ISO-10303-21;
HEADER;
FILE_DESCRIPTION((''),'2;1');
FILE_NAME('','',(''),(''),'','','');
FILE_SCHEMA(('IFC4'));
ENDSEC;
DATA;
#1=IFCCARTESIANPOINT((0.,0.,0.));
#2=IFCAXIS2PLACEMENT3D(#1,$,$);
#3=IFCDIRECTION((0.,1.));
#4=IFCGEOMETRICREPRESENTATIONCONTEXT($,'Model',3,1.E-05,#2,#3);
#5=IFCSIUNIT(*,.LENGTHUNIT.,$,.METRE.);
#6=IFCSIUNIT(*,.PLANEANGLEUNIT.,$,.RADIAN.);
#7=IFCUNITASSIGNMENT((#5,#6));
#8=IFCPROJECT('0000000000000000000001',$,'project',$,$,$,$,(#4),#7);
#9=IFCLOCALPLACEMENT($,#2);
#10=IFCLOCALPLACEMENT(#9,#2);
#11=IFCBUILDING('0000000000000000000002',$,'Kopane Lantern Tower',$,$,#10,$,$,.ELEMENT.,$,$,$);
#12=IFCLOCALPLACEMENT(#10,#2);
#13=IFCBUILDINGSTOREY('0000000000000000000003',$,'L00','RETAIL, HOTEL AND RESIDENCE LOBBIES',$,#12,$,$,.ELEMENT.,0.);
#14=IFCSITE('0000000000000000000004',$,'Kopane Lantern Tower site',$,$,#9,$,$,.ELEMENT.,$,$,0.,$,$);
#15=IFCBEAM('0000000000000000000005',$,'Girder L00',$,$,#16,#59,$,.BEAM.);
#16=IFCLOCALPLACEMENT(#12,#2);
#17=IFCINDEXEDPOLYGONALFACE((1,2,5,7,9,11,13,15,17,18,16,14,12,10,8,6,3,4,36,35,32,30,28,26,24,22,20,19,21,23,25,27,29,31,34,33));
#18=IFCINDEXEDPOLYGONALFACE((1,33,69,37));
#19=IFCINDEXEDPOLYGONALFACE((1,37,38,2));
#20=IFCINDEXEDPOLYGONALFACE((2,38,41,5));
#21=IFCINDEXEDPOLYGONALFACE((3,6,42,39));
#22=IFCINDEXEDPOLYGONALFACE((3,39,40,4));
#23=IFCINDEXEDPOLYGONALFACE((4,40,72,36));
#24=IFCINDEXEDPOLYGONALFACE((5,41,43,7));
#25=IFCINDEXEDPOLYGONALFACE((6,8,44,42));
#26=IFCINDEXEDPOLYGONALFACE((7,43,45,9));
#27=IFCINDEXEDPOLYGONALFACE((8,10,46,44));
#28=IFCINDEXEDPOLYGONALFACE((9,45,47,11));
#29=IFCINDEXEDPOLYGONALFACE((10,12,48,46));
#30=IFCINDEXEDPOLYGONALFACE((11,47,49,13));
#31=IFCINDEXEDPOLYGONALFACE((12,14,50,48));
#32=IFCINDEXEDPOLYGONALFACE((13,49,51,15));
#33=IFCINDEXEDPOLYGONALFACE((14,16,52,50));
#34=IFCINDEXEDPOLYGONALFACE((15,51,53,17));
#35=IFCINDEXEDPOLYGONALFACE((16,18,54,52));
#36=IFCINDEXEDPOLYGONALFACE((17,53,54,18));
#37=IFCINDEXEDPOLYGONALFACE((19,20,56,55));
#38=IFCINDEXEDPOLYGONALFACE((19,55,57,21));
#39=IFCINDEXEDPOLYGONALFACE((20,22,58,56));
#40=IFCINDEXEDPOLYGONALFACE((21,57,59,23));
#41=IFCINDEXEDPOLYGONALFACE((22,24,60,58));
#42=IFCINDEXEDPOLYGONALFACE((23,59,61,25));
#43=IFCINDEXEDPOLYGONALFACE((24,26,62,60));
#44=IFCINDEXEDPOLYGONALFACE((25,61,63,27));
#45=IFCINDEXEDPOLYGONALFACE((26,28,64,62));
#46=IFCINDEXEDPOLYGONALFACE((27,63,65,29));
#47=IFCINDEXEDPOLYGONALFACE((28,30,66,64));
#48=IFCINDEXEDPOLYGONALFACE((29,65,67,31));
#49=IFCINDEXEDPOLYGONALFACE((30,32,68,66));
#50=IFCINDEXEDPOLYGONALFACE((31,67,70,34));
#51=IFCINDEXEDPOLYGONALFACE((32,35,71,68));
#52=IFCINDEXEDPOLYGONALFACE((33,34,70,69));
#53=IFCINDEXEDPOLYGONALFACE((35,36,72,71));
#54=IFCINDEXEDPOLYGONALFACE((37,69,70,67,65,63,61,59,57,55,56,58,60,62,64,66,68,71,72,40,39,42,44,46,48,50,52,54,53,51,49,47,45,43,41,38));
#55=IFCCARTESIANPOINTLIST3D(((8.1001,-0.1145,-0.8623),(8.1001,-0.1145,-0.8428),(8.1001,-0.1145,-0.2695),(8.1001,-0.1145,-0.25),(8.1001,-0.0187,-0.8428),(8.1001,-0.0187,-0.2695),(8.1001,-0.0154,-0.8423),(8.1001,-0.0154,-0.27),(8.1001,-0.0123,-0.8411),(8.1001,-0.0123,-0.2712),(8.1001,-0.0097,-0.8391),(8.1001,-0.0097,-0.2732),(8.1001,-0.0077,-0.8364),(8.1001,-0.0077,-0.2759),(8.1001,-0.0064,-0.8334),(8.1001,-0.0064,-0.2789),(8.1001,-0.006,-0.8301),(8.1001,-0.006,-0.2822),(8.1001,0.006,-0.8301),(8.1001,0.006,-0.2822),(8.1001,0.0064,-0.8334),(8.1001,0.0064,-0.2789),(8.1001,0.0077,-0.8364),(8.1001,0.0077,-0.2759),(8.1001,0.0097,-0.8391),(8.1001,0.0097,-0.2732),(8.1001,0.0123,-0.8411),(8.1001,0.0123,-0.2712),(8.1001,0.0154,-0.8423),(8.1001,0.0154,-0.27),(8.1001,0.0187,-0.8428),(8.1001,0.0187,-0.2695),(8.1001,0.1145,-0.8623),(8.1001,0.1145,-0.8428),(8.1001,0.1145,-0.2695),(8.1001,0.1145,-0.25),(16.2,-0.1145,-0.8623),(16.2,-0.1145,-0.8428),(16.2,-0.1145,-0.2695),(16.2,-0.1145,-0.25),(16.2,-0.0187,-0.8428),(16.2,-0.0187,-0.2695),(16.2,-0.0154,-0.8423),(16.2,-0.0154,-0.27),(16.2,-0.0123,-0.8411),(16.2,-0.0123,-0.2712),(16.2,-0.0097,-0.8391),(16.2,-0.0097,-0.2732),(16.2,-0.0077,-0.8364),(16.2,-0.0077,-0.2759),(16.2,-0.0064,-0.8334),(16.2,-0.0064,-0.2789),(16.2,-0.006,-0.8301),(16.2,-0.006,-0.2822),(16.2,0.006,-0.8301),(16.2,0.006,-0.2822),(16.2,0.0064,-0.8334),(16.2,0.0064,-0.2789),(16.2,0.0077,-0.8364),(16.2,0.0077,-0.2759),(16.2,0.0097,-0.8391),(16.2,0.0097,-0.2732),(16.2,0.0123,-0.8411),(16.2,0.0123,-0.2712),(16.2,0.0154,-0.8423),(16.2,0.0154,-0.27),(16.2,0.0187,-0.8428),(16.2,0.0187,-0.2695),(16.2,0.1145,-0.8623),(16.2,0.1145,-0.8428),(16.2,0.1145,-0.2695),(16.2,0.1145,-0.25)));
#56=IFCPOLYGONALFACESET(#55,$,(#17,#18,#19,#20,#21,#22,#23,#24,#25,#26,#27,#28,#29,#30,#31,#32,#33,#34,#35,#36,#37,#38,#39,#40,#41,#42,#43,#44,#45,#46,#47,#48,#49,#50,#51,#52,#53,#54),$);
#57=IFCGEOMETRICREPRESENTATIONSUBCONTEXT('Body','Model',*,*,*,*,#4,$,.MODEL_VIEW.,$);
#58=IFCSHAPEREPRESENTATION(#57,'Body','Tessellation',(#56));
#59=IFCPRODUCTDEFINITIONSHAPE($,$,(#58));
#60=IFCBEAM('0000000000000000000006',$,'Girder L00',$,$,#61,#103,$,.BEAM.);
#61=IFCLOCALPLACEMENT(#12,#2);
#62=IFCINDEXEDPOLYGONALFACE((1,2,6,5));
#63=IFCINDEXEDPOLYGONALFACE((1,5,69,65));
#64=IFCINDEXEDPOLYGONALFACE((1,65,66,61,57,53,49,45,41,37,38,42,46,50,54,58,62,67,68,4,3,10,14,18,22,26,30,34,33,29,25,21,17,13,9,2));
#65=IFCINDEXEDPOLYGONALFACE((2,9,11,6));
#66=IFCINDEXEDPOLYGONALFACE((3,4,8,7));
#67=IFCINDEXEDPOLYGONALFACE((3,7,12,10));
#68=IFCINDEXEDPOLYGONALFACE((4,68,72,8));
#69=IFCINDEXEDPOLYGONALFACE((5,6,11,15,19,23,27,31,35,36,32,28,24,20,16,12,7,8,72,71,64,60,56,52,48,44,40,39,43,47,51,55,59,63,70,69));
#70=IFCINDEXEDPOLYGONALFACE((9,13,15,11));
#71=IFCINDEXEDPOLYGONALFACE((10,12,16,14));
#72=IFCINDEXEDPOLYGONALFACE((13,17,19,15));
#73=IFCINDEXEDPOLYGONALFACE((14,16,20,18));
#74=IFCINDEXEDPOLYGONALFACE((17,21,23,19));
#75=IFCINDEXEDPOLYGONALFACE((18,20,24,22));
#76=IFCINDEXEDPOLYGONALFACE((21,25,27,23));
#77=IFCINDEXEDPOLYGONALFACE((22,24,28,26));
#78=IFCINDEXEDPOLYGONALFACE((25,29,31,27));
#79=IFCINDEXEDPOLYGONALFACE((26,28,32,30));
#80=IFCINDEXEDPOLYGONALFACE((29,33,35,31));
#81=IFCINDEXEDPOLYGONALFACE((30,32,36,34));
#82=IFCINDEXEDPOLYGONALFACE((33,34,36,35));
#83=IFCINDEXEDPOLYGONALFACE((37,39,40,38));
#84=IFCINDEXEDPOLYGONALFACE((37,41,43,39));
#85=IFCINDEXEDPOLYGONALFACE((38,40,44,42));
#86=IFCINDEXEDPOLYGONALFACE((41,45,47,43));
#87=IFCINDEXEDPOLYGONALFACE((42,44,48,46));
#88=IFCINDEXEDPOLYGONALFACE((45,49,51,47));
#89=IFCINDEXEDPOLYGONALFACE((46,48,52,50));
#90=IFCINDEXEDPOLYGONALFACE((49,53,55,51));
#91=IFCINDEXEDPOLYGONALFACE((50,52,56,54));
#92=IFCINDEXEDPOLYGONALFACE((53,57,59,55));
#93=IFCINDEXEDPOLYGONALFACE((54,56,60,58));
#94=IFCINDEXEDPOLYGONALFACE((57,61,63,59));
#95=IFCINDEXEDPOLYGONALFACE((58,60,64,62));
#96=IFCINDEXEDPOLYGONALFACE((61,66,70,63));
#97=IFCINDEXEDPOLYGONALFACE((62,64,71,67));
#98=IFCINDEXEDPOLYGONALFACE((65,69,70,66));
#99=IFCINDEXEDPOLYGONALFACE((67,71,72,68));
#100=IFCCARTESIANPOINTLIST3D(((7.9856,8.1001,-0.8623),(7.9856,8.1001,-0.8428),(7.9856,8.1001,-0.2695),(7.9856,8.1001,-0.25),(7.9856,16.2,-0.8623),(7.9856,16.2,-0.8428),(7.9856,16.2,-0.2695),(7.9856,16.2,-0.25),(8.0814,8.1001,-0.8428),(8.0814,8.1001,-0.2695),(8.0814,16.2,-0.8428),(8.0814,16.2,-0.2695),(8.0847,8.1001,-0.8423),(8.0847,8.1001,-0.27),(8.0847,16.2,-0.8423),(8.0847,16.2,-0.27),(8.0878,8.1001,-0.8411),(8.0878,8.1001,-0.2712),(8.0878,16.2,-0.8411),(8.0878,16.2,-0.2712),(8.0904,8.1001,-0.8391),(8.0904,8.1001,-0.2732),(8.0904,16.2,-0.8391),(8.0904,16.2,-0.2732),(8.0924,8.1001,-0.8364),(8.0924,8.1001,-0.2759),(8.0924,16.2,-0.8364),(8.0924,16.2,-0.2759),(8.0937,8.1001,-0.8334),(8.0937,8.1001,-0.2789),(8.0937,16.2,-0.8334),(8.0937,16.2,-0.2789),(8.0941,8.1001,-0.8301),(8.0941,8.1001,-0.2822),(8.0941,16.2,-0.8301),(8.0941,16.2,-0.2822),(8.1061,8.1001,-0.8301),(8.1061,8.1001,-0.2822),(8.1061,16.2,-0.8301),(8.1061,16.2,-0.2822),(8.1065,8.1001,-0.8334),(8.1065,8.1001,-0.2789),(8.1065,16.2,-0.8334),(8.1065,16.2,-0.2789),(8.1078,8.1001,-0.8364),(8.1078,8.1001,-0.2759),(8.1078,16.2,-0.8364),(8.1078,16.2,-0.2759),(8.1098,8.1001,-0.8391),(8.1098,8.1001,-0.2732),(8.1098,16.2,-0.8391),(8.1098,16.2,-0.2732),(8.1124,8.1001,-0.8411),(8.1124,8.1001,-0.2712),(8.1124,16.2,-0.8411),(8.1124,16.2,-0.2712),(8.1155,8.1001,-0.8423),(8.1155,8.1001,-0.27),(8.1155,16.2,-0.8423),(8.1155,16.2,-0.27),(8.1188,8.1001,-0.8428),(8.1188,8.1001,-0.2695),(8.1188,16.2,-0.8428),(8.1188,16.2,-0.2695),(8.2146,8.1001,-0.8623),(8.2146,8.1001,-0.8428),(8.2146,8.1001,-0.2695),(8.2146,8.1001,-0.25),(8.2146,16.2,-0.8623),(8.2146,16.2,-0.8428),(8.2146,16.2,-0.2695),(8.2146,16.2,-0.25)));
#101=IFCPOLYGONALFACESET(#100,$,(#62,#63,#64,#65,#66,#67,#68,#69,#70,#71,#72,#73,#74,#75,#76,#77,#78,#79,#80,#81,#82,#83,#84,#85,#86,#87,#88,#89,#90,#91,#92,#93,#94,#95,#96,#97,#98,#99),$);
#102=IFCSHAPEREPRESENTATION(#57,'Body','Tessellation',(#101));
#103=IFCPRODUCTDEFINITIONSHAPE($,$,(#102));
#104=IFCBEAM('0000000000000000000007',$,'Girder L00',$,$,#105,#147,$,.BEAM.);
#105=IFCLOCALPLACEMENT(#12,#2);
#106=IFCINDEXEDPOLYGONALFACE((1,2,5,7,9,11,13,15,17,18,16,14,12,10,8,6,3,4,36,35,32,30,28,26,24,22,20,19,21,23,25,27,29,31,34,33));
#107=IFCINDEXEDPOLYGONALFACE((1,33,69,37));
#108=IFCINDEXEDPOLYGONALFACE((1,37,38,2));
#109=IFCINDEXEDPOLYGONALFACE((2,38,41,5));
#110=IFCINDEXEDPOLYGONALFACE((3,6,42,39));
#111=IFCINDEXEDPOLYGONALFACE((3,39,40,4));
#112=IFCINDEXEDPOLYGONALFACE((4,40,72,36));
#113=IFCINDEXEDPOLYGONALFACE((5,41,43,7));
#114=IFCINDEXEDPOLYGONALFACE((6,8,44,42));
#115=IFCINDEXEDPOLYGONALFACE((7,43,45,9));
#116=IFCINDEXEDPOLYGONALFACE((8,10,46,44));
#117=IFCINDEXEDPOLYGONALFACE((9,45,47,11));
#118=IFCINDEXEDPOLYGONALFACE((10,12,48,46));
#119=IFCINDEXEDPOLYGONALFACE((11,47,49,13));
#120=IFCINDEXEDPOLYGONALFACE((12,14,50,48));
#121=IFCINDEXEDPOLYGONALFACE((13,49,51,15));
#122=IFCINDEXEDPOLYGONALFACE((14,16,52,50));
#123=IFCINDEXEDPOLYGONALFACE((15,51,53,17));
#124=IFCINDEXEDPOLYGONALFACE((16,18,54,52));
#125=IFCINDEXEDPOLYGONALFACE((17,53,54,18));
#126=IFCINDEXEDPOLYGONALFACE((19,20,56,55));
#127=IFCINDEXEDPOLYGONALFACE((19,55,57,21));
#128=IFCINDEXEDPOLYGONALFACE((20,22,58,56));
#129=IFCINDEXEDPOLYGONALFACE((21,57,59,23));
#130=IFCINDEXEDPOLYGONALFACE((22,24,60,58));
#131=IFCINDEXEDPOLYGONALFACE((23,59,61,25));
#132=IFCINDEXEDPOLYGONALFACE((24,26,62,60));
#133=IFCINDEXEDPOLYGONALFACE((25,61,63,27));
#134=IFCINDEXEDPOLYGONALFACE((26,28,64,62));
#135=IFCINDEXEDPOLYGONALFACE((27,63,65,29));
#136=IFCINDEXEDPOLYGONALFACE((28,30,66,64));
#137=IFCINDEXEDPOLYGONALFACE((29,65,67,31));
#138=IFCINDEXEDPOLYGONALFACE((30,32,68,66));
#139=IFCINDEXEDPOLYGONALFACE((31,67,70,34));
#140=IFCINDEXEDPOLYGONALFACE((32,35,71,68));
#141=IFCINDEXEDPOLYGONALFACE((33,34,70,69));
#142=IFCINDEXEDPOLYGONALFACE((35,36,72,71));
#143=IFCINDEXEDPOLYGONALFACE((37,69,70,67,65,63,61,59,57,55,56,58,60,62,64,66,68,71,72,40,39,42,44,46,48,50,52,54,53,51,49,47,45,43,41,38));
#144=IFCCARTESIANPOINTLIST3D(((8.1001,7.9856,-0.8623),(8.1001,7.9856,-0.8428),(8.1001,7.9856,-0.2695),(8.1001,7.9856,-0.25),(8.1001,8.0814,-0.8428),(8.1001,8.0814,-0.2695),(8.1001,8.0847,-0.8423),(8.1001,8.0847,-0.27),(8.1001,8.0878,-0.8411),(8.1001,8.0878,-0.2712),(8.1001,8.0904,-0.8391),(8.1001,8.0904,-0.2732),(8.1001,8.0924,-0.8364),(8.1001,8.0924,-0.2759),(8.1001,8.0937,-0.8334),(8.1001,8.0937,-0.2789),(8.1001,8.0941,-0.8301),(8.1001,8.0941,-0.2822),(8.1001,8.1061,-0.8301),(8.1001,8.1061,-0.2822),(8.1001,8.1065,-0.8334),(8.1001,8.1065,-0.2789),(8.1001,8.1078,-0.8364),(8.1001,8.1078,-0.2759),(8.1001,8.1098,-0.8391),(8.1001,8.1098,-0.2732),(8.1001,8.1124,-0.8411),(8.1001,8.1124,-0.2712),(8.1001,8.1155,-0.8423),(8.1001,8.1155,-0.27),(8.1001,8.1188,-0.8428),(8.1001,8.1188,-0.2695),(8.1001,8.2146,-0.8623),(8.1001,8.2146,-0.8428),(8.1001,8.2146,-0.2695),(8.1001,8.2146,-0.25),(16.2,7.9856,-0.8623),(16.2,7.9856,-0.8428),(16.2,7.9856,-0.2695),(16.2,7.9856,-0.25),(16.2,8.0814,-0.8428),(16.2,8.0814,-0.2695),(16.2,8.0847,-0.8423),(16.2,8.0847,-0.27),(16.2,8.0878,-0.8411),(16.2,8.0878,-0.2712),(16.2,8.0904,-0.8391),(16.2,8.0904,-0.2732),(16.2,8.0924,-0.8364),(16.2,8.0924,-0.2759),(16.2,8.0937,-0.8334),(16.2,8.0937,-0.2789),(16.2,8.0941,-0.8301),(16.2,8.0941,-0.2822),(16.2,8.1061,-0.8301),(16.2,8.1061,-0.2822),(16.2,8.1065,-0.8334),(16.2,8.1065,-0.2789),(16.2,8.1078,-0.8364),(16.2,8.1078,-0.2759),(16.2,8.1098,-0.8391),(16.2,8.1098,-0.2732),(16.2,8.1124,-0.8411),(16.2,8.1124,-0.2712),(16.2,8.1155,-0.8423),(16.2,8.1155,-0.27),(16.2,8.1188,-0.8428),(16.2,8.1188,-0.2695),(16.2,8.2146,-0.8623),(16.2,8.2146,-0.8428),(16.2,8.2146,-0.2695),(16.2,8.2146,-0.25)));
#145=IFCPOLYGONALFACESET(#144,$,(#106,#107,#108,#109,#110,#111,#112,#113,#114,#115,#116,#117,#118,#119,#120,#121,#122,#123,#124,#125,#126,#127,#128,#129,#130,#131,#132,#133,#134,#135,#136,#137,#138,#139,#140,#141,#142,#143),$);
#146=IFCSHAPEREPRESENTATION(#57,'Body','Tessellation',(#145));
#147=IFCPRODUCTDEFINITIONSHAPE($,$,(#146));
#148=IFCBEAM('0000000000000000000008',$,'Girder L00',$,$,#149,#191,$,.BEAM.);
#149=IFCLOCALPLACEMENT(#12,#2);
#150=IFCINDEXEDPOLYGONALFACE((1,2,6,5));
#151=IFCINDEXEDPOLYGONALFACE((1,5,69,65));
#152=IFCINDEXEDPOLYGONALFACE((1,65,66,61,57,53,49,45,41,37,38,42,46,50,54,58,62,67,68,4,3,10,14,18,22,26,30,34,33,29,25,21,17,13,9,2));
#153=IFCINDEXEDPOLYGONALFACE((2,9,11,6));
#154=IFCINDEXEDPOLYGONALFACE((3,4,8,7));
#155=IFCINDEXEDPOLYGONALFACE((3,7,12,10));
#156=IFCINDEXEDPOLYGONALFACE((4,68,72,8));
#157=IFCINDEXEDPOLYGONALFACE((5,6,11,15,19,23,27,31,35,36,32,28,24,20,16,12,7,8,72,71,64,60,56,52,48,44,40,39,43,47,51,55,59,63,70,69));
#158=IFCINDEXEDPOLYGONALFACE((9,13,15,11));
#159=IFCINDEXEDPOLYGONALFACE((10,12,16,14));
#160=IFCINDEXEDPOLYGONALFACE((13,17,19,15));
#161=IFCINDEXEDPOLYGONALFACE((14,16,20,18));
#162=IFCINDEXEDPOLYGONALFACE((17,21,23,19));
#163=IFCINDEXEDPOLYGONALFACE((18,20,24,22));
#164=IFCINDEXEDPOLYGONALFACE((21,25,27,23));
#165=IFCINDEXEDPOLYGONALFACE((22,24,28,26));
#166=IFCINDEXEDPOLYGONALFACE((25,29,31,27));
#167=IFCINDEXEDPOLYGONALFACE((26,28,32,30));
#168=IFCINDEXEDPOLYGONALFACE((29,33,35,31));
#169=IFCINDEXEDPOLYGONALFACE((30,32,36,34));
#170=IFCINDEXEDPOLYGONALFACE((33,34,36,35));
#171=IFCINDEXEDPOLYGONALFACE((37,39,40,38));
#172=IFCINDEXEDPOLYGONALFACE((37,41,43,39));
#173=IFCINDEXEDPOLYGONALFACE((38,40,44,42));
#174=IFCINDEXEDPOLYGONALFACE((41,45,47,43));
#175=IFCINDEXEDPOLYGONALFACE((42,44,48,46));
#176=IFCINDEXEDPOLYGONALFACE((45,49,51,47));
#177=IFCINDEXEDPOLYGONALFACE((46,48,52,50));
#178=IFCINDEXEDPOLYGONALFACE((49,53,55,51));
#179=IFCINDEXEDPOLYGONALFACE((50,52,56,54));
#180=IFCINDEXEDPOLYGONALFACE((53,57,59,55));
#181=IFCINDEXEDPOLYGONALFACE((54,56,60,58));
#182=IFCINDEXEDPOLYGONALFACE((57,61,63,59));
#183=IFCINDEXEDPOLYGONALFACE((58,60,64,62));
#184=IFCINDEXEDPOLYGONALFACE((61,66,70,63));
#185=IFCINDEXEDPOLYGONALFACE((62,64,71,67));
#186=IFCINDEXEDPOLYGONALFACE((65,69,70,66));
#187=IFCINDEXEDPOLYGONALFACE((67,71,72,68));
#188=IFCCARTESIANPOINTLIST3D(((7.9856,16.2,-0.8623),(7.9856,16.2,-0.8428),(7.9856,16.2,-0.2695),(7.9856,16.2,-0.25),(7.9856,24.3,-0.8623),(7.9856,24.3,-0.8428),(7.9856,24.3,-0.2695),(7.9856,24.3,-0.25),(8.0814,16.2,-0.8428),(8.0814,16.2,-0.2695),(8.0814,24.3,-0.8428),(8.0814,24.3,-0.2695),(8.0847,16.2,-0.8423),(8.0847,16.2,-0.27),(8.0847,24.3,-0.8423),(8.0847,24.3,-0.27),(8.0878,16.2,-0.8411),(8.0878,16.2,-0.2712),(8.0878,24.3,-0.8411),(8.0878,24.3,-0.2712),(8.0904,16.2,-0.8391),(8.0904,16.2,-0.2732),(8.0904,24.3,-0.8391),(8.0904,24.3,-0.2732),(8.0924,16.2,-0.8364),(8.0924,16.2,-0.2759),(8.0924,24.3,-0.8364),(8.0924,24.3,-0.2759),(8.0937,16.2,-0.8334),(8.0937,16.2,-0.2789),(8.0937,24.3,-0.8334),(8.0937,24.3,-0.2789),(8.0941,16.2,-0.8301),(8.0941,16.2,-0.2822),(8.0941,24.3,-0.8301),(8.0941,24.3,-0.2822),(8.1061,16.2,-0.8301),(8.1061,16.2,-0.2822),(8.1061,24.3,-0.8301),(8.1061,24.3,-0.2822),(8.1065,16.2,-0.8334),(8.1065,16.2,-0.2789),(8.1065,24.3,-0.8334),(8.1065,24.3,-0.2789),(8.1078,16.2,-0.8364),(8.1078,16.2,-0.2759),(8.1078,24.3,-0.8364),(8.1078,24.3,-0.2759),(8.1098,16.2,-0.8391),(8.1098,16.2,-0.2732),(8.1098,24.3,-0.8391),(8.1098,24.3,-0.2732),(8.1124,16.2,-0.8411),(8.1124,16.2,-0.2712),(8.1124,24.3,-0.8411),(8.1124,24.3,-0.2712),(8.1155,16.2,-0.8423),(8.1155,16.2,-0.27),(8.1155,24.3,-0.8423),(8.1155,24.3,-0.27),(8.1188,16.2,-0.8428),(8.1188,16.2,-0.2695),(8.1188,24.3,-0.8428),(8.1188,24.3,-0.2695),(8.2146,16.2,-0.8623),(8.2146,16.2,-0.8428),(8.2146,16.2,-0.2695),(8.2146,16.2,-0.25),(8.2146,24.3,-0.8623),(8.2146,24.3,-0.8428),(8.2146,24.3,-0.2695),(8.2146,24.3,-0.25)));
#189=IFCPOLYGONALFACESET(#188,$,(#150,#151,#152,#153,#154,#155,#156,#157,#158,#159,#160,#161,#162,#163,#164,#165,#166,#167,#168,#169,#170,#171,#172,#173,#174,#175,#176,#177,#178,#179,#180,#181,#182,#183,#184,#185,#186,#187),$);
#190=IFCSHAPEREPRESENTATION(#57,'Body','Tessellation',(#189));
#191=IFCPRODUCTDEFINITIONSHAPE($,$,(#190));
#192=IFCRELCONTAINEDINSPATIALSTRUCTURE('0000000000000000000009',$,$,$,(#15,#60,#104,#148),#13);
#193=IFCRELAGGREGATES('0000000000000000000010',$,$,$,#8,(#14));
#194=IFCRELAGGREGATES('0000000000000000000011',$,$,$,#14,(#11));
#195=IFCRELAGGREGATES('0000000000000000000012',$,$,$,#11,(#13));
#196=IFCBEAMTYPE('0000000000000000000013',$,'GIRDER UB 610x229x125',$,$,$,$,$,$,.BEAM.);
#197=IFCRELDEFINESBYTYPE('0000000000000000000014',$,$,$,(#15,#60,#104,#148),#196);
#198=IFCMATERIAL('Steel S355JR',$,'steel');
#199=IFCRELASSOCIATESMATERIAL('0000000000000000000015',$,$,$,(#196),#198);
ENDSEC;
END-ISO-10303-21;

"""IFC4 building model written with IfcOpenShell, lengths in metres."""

from ifc_helpers import new_model, si_unit, direction, frame, origin, origin_2d, place, context, subcontext, project, spatial, i_section, extrude, material, material_profile, profile_set, type_object, element, save


model = new_model("IFC4")

# Units and contexts
model_context = context("Model", 3, precision=1e-05, world=origin(), true_north=direction((0.0, 1.0)))
body_context = subcontext(model_context, "Body", "Model", "MODEL_VIEW")
ifc_project = project(units=[si_unit("LENGTHUNIT", "METRE"), si_unit("PLANEANGLEUNIT", "RADIAN")], contexts=[model_context])

# Site, building, storey
site_placement = place(None, origin())
site = spatial("IfcSite", under=ifc_project, at=site_placement, Name="Kopane Lantern Tower site", CompositionType="ELEMENT", RefElevation=0.0)
building_placement = place(site_placement, origin())
building = spatial("IfcBuilding", under=site, at=building_placement, Name="Kopane Lantern Tower", CompositionType="ELEMENT")
storey_placement = place(building_placement, origin())
storey = spatial("IfcBuildingStorey", under=building, at=storey_placement, Name="L00", Description="RETAIL, HOTEL AND RESIDENCE LOBBIES", CompositionType="ELEMENT", Elevation=0.0)

# Beams
ifc_material_1 = material(Name="Steel S355JR", Category="steel")
ifc_material_profile_1 = material_profile(ifc_material_1, i_section(OverallWidth=0.229, OverallDepth=0.6123, WebThickness=0.012, FlangeThickness=0.0195, FilletRadius=0.0127, at=origin_2d()), Name="UB 610x229x125")
ifc_profile_set_1 = profile_set([ifc_material_profile_1], Name="Steel S355JR")
beam_type = type_object("IfcBeamType", Name="GIRDER UB 610x229x125", PredefinedType="BEAM", material=ifc_profile_set_1)
for number, where, z_axis, x_axis, name in (
    (1, (8.1001, 0.0, -0.5562), (1.0, 0.0, 0.0), (0.0, 1.0, 0.0), "Girder L00"),
    (2, (8.1001, 8.1001, -0.5562), (0.0, 1.0, 0.0), (-1.0, 0.0, 0.0), "Girder L00"),
    (3, (8.1001, 8.1001, -0.5562), (1.0, 0.0, 0.0), (0.0, 1.0, 0.0), "Girder L00"),
):
    element("IfcBeam", number, at=place(storey_placement, frame(where, z_axis=z_axis, x_axis=x_axis)), inside=storey, type_object=beam_type, Name=name, PredefinedType="BEAM", context=body_context, shape_type="SweptSolid", body=[
        extrude(i_section(OverallWidth=0.229, OverallDepth=0.6123, WebThickness=0.012, FlangeThickness=0.0195, FilletRadius=0.0127, at=origin_2d()), origin(), (0.0, 0.0, 1.0), 8.0999),
    ])
beam_1_placement = place(storey_placement, frame((8.1001, 16.2, -0.5562), z_axis=(0.0, 1.0, 0.0), x_axis=(-1.0, 0.0, 0.0)))
element("IfcBeam", 4, at=beam_1_placement, inside=storey, type_object=beam_type, Name="Girder L00", PredefinedType="BEAM", context=body_context, shape_type="SweptSolid", body=[
    extrude(i_section(OverallWidth=0.229, OverallDepth=0.6123, WebThickness=0.012, FlangeThickness=0.0195, FilletRadius=0.0127, at=origin_2d()), origin(), (0.0, 0.0, 1.0), 8.1001),
])

save(model, "model.ifc")
